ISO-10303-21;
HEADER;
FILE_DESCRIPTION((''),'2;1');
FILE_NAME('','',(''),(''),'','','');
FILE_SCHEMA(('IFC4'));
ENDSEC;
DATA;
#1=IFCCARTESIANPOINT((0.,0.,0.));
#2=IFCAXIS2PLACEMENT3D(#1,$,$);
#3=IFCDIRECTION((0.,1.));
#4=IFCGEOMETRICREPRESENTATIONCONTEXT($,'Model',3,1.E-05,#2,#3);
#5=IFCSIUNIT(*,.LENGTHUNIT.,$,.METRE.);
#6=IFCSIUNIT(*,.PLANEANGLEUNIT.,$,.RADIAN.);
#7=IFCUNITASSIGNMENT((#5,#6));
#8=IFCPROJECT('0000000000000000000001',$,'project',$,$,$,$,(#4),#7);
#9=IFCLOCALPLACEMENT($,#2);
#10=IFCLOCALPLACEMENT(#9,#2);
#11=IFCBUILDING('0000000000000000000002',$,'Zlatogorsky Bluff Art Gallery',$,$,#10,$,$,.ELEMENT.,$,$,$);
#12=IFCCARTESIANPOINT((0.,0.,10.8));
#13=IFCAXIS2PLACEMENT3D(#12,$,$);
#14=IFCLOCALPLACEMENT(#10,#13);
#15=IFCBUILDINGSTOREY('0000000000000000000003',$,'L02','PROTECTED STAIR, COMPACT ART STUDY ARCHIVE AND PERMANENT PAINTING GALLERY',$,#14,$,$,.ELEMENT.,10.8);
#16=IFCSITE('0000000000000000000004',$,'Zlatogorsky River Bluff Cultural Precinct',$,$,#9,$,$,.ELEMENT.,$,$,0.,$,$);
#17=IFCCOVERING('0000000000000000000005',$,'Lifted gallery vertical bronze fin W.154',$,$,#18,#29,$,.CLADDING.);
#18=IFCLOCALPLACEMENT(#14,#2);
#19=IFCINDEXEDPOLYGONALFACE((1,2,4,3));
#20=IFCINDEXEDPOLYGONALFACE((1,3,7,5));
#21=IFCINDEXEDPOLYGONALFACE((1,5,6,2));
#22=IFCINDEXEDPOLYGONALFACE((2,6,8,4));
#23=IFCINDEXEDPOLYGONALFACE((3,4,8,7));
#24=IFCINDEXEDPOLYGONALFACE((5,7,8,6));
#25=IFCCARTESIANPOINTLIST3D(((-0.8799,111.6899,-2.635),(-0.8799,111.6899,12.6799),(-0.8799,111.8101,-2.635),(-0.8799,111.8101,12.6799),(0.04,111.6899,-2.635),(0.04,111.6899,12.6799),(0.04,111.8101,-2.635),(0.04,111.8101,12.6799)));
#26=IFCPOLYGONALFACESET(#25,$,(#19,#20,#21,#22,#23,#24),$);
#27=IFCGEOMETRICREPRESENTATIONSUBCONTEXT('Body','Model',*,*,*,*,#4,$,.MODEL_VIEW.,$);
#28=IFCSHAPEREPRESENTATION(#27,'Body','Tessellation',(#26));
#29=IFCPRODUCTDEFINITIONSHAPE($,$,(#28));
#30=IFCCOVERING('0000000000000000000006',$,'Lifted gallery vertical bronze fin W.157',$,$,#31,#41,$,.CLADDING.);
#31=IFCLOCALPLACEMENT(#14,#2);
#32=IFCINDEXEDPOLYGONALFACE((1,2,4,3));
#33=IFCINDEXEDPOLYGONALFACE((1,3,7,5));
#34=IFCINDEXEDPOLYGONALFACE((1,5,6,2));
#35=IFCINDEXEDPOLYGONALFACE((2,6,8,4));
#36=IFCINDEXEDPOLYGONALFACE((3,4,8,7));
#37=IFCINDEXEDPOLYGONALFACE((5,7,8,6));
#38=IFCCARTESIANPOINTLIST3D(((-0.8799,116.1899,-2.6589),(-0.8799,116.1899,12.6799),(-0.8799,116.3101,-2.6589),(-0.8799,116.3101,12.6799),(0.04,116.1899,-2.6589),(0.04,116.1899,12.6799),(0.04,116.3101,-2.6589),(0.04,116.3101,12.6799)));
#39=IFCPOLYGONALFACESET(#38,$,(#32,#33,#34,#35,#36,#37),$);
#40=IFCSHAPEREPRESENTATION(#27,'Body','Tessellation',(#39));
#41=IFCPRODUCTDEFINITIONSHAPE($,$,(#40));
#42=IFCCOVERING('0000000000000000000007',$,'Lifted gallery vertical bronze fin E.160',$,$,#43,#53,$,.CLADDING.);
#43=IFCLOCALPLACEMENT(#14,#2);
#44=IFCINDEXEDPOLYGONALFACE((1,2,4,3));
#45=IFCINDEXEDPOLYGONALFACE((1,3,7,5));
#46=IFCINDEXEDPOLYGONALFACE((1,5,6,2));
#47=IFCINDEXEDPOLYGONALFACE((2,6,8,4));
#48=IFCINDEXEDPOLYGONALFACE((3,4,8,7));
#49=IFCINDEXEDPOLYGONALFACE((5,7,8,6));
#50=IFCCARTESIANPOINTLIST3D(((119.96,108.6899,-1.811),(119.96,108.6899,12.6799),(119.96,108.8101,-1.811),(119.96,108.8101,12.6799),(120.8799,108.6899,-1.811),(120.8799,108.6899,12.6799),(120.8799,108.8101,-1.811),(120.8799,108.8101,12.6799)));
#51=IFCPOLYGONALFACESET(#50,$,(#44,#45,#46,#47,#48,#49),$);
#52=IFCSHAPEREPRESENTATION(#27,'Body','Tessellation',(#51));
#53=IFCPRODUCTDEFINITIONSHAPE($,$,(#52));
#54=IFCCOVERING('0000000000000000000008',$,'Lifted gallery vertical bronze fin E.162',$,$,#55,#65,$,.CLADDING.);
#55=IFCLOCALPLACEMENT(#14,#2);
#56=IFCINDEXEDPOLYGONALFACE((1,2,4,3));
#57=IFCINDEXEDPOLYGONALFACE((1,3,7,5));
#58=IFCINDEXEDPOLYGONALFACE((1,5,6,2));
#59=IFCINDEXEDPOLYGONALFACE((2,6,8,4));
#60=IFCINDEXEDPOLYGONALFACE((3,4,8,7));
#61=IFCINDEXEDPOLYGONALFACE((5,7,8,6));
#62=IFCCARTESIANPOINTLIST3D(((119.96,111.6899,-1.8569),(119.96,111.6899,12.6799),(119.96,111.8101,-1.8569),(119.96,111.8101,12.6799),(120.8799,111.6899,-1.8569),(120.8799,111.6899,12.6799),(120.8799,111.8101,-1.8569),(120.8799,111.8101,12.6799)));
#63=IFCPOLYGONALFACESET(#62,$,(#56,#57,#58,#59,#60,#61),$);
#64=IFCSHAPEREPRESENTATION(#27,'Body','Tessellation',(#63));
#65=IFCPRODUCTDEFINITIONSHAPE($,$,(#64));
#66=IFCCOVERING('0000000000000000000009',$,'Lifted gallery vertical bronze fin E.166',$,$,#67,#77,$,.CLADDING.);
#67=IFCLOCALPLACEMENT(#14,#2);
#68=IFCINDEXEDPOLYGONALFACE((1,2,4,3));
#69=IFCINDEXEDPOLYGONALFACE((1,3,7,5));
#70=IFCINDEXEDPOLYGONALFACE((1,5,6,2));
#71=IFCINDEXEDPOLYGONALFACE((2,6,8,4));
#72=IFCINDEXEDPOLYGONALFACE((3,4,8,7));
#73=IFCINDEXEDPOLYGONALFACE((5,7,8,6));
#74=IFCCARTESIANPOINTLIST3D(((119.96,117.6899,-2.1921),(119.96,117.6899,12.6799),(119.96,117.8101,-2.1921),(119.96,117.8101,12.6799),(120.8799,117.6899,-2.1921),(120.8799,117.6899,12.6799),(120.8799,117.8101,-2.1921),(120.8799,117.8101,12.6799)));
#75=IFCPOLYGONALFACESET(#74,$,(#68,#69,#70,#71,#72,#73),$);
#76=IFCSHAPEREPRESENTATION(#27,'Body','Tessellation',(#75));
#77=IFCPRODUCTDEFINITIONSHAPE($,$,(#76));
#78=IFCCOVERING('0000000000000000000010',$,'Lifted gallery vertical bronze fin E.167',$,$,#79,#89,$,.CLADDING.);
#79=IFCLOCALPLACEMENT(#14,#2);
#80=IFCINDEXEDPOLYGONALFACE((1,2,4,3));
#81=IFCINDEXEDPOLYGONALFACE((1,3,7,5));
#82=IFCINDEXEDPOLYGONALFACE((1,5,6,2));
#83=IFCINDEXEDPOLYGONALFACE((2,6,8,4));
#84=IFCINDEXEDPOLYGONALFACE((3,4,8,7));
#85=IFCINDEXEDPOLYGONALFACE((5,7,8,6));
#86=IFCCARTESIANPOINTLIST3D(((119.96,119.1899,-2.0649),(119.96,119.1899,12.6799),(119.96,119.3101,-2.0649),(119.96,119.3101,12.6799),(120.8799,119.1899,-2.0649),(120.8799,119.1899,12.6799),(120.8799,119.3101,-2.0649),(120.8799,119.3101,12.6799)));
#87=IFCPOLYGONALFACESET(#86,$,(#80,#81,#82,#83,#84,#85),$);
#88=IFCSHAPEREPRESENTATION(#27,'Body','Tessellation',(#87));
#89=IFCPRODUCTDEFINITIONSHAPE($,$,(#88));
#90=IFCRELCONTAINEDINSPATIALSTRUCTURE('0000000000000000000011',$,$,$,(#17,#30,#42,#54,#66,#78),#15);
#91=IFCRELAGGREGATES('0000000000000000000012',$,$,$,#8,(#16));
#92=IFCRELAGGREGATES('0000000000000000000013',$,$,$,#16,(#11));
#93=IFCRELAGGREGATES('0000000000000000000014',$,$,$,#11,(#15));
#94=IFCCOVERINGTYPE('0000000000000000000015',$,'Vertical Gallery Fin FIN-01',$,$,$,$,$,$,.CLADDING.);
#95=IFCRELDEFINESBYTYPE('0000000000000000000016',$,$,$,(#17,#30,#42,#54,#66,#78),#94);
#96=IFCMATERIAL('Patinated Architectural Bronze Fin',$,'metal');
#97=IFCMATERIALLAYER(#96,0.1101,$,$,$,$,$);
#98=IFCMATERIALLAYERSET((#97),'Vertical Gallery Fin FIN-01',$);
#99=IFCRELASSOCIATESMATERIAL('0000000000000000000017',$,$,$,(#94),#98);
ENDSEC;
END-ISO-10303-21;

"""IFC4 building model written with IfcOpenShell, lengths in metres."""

from ifc_helpers import new_model, si_unit, direction, frame, origin, place, context, subcontext, project, spatial, polyline, outline, extrude, material, layer, layer_set, type_object, element, save


model = new_model("IFC4")

# Units and contexts
model_context = context("Model", 3, precision=1e-05, world=origin(), true_north=direction((0.0, 1.0)))
body_context = subcontext(model_context, "Body", "Model", "MODEL_VIEW")
ifc_project = project(units=[si_unit("LENGTHUNIT", "METRE"), si_unit("PLANEANGLEUNIT", "RADIAN")], contexts=[model_context])

# Site, building, storey
site_placement = place(None, origin())
site = spatial("IfcSite", under=ifc_project, at=site_placement, Name="Zlatogorsky River Bluff Cultural Precinct", CompositionType="ELEMENT", RefElevation=0.0)
building_placement = place(site_placement, origin())
building = spatial("IfcBuilding", under=site, at=building_placement, Name="Zlatogorsky Bluff Art Gallery", CompositionType="ELEMENT")
storey_placement = place(building_placement, frame((0.0, 0.0, 10.8)))
storey = spatial("IfcBuildingStorey", under=building, at=storey_placement, Name="L02", Description="PROTECTED STAIR, COMPACT ART STUDY ARCHIVE AND PERMANENT PAINTING GALLERY", CompositionType="ELEMENT", Elevation=10.8)

# Coverings
ifc_material = material(Name="Patinated Architectural Bronze Fin", Category="metal")
ifc_layer = layer(ifc_material, 0.1101)
ifc_layer_set = layer_set([ifc_layer], Name="Vertical Gallery Fin FIN-01")
covering_type = type_object("IfcCoveringType", Name="Vertical Gallery Fin FIN-01", PredefinedType="CLADDING", material=ifc_layer_set)
covering_1_placement = place(storey_placement, frame((0.0, 0.0, -2.635)))
element("IfcCovering", 1, at=covering_1_placement, inside=storey, type_object=covering_type, Name="Lifted gallery vertical bronze fin W.154", PredefinedType="CLADDING", context=body_context, shape_type="SweptSolid", body=[
    extrude(outline(polyline([(-0.8799, 111.6899), (0.04, 111.6899), (0.04, 111.8101), (-0.8799, 111.8101), (-0.8799, 111.6899)])), origin(), (0.0, 0.0, 1.0), 15.3149),
])
covering_2_placement = place(storey_placement, frame((0.0, 0.0, -2.6589)))
element("IfcCovering", 2, at=covering_2_placement, inside=storey, type_object=covering_type, Name="Lifted gallery vertical bronze fin W.157", PredefinedType="CLADDING", context=body_context, shape_type="SweptSolid", body=[
    extrude(outline(polyline([(-0.8799, 116.1899), (0.04, 116.1899), (0.04, 116.3101), (-0.8799, 116.3101), (-0.8799, 116.1899)])), origin(), (0.0, 0.0, 1.0), 15.3389),
])
covering_3_placement = place(storey_placement, frame((0.0, 0.0, -1.811)))
element("IfcCovering", 3, at=covering_3_placement, inside=storey, type_object=covering_type, Name="Lifted gallery vertical bronze fin E.160", PredefinedType="CLADDING", context=body_context, shape_type="SweptSolid", body=[
    extrude(outline(polyline([(119.96, 108.6899), (120.8799, 108.6899), (120.8799, 108.8101), (119.96, 108.8101), (119.96, 108.6899)])), origin(), (0.0, 0.0, 1.0), 14.491),
])
covering_4_placement = place(storey_placement, frame((0.0, 0.0, -1.8569)))
element("IfcCovering", 4, at=covering_4_placement, inside=storey, type_object=covering_type, Name="Lifted gallery vertical bronze fin E.162", PredefinedType="CLADDING", context=body_context, shape_type="SweptSolid", body=[
    extrude(outline(polyline([(119.96, 111.6899), (120.8799, 111.6899), (120.8799, 111.8101), (119.96, 111.8101), (119.96, 111.6899)])), origin(), (0.0, 0.0, 1.0), 14.5369),
])
covering_5_placement = place(storey_placement, frame((0.0, 0.0, -2.1921)))
element("IfcCovering", 5, at=covering_5_placement, inside=storey, type_object=covering_type, Name="Lifted gallery vertical bronze fin E.166", PredefinedType="CLADDING", context=body_context, shape_type="SweptSolid", body=[
    extrude(outline(polyline([(119.96, 117.6899), (120.8799, 117.6899), (120.8799, 117.8101), (119.96, 117.8101), (119.96, 117.6899)])), origin(), (0.0, 0.0, 1.0), 14.8721),
])
covering_6_placement = place(storey_placement, frame((0.0, 0.0, -2.0649)))
element("IfcCovering", 6, at=covering_6_placement, inside=storey, type_object=covering_type, Name="Lifted gallery vertical bronze fin E.167", PredefinedType="CLADDING", context=body_context, shape_type="SweptSolid", body=[
    extrude(outline(polyline([(119.96, 119.1899), (120.8799, 119.1899), (120.8799, 119.3101), (119.96, 119.3101), (119.96, 119.1899)])), origin(), (0.0, 0.0, 1.0), 14.7449),
])

save(model, "model.ifc")
